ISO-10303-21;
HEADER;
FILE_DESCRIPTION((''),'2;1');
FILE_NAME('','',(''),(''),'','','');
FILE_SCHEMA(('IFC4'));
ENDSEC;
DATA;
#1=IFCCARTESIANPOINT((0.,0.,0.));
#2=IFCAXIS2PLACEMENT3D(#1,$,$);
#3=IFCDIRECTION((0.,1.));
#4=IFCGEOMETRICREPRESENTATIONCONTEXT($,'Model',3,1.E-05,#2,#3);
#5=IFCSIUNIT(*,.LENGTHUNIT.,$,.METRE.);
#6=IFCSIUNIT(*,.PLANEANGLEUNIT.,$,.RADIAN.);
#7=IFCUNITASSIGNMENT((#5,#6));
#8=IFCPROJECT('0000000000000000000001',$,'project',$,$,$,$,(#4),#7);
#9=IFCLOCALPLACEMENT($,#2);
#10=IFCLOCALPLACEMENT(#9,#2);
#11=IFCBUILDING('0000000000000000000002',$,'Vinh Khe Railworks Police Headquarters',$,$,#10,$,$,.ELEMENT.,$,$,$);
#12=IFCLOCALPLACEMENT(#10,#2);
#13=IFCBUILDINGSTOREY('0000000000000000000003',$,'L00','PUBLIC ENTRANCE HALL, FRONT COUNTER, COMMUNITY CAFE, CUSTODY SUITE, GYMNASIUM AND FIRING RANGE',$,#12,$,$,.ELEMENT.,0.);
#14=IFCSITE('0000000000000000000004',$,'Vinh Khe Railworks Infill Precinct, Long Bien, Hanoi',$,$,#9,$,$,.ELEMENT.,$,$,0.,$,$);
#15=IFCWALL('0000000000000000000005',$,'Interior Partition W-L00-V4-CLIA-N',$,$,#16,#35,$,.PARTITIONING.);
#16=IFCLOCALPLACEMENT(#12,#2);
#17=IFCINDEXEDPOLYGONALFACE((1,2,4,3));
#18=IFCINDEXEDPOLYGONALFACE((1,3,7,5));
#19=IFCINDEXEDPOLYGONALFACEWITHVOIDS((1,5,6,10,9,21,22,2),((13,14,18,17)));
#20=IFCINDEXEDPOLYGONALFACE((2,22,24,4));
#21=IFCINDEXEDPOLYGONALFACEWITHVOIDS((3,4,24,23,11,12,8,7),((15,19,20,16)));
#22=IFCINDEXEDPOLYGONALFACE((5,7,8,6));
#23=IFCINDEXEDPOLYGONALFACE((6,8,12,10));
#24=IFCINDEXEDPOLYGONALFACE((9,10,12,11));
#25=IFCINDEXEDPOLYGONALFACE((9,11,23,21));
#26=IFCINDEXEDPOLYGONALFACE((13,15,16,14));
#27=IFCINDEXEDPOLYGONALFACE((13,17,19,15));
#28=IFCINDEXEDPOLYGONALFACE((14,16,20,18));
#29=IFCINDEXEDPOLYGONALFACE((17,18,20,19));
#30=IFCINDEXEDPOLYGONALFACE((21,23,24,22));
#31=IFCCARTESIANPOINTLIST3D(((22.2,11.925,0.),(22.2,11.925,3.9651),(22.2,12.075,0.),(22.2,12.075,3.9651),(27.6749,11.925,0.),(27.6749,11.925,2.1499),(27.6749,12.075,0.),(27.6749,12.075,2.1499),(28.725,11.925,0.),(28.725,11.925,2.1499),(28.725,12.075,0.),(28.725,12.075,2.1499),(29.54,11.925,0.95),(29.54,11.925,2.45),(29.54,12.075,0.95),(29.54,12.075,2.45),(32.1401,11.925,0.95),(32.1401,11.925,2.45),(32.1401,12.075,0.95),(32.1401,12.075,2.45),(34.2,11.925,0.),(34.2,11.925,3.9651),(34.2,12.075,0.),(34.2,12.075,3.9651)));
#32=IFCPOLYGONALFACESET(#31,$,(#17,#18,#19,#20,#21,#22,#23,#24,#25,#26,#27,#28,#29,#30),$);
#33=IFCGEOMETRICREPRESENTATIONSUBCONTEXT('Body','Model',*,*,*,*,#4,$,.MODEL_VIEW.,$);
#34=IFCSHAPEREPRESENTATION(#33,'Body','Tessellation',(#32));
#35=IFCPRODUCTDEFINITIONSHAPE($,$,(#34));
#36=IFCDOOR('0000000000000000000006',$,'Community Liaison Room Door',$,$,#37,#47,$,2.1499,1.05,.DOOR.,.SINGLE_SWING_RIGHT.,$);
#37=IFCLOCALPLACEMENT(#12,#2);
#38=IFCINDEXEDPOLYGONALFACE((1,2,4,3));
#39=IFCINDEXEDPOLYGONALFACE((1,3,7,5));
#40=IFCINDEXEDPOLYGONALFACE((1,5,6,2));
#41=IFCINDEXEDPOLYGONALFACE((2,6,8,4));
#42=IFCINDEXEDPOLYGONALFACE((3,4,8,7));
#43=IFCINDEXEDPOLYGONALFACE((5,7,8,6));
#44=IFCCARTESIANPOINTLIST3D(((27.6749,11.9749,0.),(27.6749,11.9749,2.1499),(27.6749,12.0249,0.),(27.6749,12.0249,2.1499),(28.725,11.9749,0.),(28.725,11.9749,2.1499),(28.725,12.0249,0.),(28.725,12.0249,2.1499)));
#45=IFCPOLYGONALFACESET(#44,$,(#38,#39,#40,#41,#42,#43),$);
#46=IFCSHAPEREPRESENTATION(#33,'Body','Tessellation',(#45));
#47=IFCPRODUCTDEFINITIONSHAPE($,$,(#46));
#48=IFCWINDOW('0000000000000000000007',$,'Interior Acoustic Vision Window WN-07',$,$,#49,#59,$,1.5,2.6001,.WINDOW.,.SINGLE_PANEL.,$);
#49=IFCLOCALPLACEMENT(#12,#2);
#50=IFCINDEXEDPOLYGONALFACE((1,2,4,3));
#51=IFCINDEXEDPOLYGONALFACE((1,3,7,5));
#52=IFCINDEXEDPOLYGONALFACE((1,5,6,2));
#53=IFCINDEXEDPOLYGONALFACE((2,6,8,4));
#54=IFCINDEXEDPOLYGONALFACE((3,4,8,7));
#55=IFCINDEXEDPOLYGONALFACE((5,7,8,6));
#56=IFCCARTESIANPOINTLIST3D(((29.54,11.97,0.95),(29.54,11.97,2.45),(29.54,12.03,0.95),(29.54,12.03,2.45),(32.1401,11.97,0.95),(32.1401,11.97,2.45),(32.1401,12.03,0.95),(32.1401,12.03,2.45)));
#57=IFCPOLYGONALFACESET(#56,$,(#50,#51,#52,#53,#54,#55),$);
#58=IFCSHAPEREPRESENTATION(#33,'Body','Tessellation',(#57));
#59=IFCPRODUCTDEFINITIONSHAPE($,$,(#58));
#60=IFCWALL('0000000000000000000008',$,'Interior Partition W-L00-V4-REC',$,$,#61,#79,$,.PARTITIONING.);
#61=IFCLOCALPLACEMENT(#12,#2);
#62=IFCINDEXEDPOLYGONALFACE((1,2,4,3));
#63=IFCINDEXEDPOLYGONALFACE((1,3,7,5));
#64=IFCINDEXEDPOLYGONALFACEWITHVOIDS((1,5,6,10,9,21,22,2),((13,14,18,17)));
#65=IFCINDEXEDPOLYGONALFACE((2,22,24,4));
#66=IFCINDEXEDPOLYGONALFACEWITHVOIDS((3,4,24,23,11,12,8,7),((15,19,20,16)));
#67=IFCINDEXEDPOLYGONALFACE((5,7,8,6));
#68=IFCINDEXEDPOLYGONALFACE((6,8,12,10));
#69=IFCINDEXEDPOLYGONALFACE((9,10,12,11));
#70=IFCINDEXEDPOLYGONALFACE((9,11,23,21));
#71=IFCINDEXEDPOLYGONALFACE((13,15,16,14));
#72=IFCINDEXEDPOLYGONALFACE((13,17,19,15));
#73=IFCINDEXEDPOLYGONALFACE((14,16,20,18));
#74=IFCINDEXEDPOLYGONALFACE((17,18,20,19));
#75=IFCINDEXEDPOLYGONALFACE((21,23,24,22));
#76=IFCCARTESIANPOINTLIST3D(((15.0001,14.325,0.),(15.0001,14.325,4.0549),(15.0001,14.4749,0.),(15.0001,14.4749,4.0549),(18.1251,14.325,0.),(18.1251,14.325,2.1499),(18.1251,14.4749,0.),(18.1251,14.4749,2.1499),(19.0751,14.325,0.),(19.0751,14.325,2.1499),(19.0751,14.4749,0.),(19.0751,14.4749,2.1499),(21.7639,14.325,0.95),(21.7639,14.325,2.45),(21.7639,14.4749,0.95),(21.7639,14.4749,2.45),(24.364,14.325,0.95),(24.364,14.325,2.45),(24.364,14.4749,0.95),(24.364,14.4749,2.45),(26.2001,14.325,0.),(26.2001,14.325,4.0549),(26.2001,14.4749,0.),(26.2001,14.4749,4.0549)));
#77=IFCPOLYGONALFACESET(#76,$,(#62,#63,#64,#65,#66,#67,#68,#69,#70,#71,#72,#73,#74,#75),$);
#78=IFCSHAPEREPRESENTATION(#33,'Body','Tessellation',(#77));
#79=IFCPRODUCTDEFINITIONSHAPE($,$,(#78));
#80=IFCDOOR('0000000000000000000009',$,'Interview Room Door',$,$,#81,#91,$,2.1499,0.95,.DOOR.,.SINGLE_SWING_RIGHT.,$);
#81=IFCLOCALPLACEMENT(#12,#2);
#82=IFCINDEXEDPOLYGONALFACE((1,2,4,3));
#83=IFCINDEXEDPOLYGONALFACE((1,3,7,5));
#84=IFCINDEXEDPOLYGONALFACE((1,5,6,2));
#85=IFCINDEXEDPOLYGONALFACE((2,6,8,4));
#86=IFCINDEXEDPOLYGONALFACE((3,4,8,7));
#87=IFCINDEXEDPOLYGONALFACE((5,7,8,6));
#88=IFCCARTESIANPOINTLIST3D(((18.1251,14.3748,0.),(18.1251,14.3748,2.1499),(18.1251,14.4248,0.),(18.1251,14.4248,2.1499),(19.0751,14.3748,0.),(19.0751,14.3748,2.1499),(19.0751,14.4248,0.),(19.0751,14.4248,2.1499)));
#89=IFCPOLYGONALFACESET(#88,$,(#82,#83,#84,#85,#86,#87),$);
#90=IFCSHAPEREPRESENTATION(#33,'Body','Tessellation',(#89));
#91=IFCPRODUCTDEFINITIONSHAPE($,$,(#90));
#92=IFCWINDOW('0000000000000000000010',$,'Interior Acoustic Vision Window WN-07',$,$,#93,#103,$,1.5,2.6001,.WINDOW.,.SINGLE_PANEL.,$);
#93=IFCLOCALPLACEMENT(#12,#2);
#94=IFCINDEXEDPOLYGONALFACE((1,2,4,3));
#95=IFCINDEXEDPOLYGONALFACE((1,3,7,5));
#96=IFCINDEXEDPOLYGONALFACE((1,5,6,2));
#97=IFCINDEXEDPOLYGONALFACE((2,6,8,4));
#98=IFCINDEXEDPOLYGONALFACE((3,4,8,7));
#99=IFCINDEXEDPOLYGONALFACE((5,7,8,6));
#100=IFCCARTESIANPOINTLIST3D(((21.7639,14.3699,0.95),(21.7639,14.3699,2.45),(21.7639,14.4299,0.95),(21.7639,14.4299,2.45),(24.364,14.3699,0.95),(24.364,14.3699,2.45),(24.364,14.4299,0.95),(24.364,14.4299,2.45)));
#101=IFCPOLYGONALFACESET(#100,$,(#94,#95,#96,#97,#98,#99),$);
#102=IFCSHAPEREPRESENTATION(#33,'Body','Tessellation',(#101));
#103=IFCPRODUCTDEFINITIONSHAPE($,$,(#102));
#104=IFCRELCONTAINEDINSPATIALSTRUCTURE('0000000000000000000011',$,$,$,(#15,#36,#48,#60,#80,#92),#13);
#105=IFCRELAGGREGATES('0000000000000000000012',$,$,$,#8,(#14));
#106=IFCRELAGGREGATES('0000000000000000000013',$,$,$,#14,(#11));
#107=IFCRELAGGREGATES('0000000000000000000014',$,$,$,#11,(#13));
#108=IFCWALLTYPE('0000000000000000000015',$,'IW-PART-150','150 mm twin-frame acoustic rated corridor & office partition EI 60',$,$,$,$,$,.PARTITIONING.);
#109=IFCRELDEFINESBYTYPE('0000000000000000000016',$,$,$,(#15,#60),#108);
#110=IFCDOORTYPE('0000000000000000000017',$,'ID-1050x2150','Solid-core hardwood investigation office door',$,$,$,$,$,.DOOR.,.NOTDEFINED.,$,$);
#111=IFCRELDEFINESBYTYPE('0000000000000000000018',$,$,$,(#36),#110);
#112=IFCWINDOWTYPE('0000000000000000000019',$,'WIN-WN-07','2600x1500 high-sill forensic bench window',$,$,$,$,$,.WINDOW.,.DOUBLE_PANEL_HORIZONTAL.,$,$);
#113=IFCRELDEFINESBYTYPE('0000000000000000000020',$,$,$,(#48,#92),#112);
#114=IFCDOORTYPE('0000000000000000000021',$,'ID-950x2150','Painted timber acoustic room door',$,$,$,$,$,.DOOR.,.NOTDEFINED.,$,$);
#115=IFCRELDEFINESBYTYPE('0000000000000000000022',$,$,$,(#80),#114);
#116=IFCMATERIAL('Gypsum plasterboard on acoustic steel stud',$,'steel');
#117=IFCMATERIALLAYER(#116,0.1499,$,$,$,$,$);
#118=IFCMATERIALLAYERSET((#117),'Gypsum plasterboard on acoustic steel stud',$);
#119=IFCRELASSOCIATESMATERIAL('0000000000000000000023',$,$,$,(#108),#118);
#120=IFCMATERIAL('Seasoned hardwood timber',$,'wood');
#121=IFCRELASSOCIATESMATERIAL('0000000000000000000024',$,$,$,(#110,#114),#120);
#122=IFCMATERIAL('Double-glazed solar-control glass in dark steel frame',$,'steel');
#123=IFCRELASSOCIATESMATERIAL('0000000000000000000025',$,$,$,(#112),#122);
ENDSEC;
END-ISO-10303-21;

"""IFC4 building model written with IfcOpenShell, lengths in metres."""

from ifc_helpers import new_model, si_unit, direction, frame, frame_2d, origin, place, context, subcontext, project, spatial, rectangle, extrude, material, layer, layer_set, type_object, element, fill, save


model = new_model("IFC4")

# Units and contexts
model_context = context("Model", 3, precision=1e-05, world=origin(), true_north=direction((0.0, 1.0)))
body_context = subcontext(model_context, "Body", "Model", "MODEL_VIEW")
ifc_project = project(units=[si_unit("LENGTHUNIT", "METRE"), si_unit("PLANEANGLEUNIT", "RADIAN")], contexts=[model_context])

# Site, building, storey
site_placement = place(None, origin())
site = spatial("IfcSite", under=ifc_project, at=site_placement, Name="Vinh Khe Railworks Infill Precinct, Long Bien, Hanoi", CompositionType="ELEMENT", RefElevation=0.0)
building_placement = place(site_placement, origin())
building = spatial("IfcBuilding", under=site, at=building_placement, Name="Vinh Khe Railworks Police Headquarters", CompositionType="ELEMENT")
storey_placement = place(building_placement, origin())
storey = spatial("IfcBuildingStorey", under=building, at=storey_placement, Name="L00", Description="PUBLIC ENTRANCE HALL, FRONT COUNTER, COMMUNITY CAFE, CUSTODY SUITE, GYMNASIUM AND FIRING RANGE", CompositionType="ELEMENT", Elevation=0.0)

# Shared definitions
ifc_material_1 = material(Name="Double-glazed solar-control glass in dark steel frame", Category="steel")

# Walls, openings, doors, windows
ifc_material_2 = material(Name="Gypsum plasterboard on acoustic steel stud", Category="steel")
ifc_layer_1 = layer(ifc_material_2, 0.1499)
ifc_layer_set_1 = layer_set([ifc_layer_1], Name="Gypsum plasterboard on acoustic steel stud")
wall_type_1 = type_object("IfcWallType", Name="IW-PART-150", Description="150 mm twin-frame acoustic rated corridor & office partition EI 60", PredefinedType="PARTITIONING", material=ifc_layer_set_1)
wall_1_placement = place(storey_placement, frame((22.2, 12.0, 0.0), z_axis=(0.0, 0.0, 1.0), x_axis=(1.0, 0.0, 0.0)))
wall_1 = element("IfcWall", 1, at=wall_1_placement, inside=storey, type_object=wall_type_1, Name="Interior Partition W-L00-V4-CLIA-N", PredefinedType="PARTITIONING", context=body_context, shape_type="SweptSolid", body=[
    extrude(rectangle(XDim=12.0, YDim=0.1499, at=frame_2d((6.0, 0.0))), origin(), (0.0, 0.0, 1.0), 3.9651),
])
opening_1_placement = place(wall_1_placement, frame((5.4751, 0.0, 0.0)))
opening_1 = element("IfcOpeningElement", 2, at=opening_1_placement, cuts=wall_1, PredefinedType="OPENING", context=body_context, shape_type="SweptSolid", body=[
    extrude(rectangle(XDim=1.05, YDim=2.1499, at=frame_2d((0.5249, 1.075))), frame((0.0, 0.0898, 0.0), z_axis=(0.0, -1.0, 0.0), x_axis=(1.0, 0.0, 0.0)), (0.0, 0.0, 1.0), 0.1797),
])
opening_2_placement = place(wall_1_placement, frame((7.3401, 0.0, 0.95)))
opening_2 = element("IfcOpeningElement", 3, at=opening_2_placement, cuts=wall_1, PredefinedType="OPENING", context=body_context, shape_type="SweptSolid", body=[
    extrude(rectangle(XDim=2.6001, YDim=1.5, at=frame_2d((1.3, 0.75))), frame((0.0, 0.0898, 0.0), z_axis=(0.0, -1.0, 0.0), x_axis=(1.0, 0.0, 0.0)), (0.0, 0.0, 1.0), 0.1797),
])
ifc_material_3 = material(Name="Seasoned hardwood timber", Category="wood")
door_type_1 = type_object("IfcDoorType", Name="ID-1050x2150", Description="Solid-core hardwood investigation office door", OperationType="NOTDEFINED", PredefinedType="DOOR", material=ifc_material_3)
door_1_placement = place(opening_1_placement, origin())
door_1 = element("IfcDoor", 4, at=door_1_placement, inside=storey, type_object=door_type_1, Name="Community Liaison Room Door", OperationType="SINGLE_SWING_RIGHT", OverallHeight=2.1499, OverallWidth=1.05, PredefinedType="DOOR", context=body_context, shape_type="SweptSolid", body=[
    extrude(rectangle(XDim=1.05, YDim=2.1499, at=frame_2d((0.5249, 1.075))), frame((0.0, 0.0249, 0.0), z_axis=(0.0, -1.0, 0.0), x_axis=(1.0, 0.0, 0.0)), (0.0, 0.0, 1.0), 0.05),
])
fill(opening_1, door_1)
window_type_1 = type_object("IfcWindowType", Name="WIN-WN-07", Description="2600x1500 high-sill forensic bench window", PartitioningType="DOUBLE_PANEL_HORIZONTAL", PredefinedType="WINDOW", material=ifc_material_1)
window_1_placement = place(opening_2_placement, origin())
window_1 = element("IfcWindow", 5, at=window_1_placement, inside=storey, type_object=window_type_1, Name="Interior Acoustic Vision Window WN-07", OverallHeight=1.5, OverallWidth=2.6001, PartitioningType="SINGLE_PANEL", PredefinedType="WINDOW", context=body_context, shape_type="SweptSolid", body=[
    extrude(rectangle(XDim=2.6001, YDim=1.5, at=frame_2d((1.3, 0.75))), frame((0.0, 0.03, 0.0), z_axis=(0.0, -1.0, 0.0), x_axis=(1.0, 0.0, 0.0)), (0.0, 0.0, 1.0), 0.0601),
])
fill(opening_2, window_1)
wall_2_placement = place(storey_placement, frame((15.0, 14.3999, 0.0), z_axis=(0.0, 0.0, 1.0), x_axis=(1.0, 0.0, 0.0)))
wall_2 = element("IfcWall", 6, at=wall_2_placement, inside=storey, type_object=wall_type_1, Name="Interior Partition W-L00-V4-REC", PredefinedType="PARTITIONING", context=body_context, shape_type="SweptSolid", body=[
    extrude(rectangle(XDim=11.2, YDim=0.1499, at=frame_2d((5.6001, 0.0))), origin(), (0.0, 0.0, 1.0), 4.0549),
])
opening_3_placement = place(wall_2_placement, frame((3.125, 0.0, 0.0)))
opening_3 = element("IfcOpeningElement", 7, at=opening_3_placement, cuts=wall_2, PredefinedType="OPENING", context=body_context, shape_type="SweptSolid", body=[
    extrude(rectangle(XDim=0.95, YDim=2.1499, at=frame_2d((0.4751, 1.075))), frame((0.0, 0.0898, 0.0), z_axis=(0.0, -1.0, 0.0), x_axis=(1.0, 0.0, 0.0)), (0.0, 0.0, 1.0), 0.1797),
])
opening_4_placement = place(wall_2_placement, frame((6.7639, 0.0, 0.95)))
opening_4 = element("IfcOpeningElement", 8, at=opening_4_placement, cuts=wall_2, PredefinedType="OPENING", context=body_context, shape_type="SweptSolid", body=[
    extrude(rectangle(XDim=2.6001, YDim=1.5, at=frame_2d((1.3, 0.75))), frame((0.0, 0.0898, 0.0), z_axis=(0.0, -1.0, 0.0), x_axis=(1.0, 0.0, 0.0)), (0.0, 0.0, 1.0), 0.1797),
])
door_type_2 = type_object("IfcDoorType", Name="ID-950x2150", Description="Painted timber acoustic room door", OperationType="NOTDEFINED", PredefinedType="DOOR", material=ifc_material_3)
door_2_placement = place(opening_3_placement, origin())
door_2 = element("IfcDoor", 9, at=door_2_placement, inside=storey, type_object=door_type_2, Name="Interview Room Door", OperationType="SINGLE_SWING_RIGHT", OverallHeight=2.1499, OverallWidth=0.95, PredefinedType="DOOR", context=body_context, shape_type="SweptSolid", body=[
    extrude(rectangle(XDim=0.95, YDim=2.1499, at=frame_2d((0.4751, 1.075))), frame((0.0, 0.0249, 0.0), z_axis=(0.0, -1.0, 0.0), x_axis=(1.0, 0.0, 0.0)), (0.0, 0.0, 1.0), 0.05),
])
fill(opening_3, door_2)
window_2_placement = place(opening_4_placement, origin())
window_2 = element("IfcWindow", 10, at=window_2_placement, inside=storey, type_object=window_type_1, Name="Interior Acoustic Vision Window WN-07", OverallHeight=1.5, OverallWidth=2.6001, PartitioningType="SINGLE_PANEL", PredefinedType="WINDOW", context=body_context, shape_type="SweptSolid", body=[
    extrude(rectangle(XDim=2.6001, YDim=1.5, at=frame_2d((1.3, 0.75))), frame((0.0, 0.03, 0.0), z_axis=(0.0, -1.0, 0.0), x_axis=(1.0, 0.0, 0.0)), (0.0, 0.0, 1.0), 0.0601),
])
fill(opening_4, window_2)

save(model, "model.ifc")
